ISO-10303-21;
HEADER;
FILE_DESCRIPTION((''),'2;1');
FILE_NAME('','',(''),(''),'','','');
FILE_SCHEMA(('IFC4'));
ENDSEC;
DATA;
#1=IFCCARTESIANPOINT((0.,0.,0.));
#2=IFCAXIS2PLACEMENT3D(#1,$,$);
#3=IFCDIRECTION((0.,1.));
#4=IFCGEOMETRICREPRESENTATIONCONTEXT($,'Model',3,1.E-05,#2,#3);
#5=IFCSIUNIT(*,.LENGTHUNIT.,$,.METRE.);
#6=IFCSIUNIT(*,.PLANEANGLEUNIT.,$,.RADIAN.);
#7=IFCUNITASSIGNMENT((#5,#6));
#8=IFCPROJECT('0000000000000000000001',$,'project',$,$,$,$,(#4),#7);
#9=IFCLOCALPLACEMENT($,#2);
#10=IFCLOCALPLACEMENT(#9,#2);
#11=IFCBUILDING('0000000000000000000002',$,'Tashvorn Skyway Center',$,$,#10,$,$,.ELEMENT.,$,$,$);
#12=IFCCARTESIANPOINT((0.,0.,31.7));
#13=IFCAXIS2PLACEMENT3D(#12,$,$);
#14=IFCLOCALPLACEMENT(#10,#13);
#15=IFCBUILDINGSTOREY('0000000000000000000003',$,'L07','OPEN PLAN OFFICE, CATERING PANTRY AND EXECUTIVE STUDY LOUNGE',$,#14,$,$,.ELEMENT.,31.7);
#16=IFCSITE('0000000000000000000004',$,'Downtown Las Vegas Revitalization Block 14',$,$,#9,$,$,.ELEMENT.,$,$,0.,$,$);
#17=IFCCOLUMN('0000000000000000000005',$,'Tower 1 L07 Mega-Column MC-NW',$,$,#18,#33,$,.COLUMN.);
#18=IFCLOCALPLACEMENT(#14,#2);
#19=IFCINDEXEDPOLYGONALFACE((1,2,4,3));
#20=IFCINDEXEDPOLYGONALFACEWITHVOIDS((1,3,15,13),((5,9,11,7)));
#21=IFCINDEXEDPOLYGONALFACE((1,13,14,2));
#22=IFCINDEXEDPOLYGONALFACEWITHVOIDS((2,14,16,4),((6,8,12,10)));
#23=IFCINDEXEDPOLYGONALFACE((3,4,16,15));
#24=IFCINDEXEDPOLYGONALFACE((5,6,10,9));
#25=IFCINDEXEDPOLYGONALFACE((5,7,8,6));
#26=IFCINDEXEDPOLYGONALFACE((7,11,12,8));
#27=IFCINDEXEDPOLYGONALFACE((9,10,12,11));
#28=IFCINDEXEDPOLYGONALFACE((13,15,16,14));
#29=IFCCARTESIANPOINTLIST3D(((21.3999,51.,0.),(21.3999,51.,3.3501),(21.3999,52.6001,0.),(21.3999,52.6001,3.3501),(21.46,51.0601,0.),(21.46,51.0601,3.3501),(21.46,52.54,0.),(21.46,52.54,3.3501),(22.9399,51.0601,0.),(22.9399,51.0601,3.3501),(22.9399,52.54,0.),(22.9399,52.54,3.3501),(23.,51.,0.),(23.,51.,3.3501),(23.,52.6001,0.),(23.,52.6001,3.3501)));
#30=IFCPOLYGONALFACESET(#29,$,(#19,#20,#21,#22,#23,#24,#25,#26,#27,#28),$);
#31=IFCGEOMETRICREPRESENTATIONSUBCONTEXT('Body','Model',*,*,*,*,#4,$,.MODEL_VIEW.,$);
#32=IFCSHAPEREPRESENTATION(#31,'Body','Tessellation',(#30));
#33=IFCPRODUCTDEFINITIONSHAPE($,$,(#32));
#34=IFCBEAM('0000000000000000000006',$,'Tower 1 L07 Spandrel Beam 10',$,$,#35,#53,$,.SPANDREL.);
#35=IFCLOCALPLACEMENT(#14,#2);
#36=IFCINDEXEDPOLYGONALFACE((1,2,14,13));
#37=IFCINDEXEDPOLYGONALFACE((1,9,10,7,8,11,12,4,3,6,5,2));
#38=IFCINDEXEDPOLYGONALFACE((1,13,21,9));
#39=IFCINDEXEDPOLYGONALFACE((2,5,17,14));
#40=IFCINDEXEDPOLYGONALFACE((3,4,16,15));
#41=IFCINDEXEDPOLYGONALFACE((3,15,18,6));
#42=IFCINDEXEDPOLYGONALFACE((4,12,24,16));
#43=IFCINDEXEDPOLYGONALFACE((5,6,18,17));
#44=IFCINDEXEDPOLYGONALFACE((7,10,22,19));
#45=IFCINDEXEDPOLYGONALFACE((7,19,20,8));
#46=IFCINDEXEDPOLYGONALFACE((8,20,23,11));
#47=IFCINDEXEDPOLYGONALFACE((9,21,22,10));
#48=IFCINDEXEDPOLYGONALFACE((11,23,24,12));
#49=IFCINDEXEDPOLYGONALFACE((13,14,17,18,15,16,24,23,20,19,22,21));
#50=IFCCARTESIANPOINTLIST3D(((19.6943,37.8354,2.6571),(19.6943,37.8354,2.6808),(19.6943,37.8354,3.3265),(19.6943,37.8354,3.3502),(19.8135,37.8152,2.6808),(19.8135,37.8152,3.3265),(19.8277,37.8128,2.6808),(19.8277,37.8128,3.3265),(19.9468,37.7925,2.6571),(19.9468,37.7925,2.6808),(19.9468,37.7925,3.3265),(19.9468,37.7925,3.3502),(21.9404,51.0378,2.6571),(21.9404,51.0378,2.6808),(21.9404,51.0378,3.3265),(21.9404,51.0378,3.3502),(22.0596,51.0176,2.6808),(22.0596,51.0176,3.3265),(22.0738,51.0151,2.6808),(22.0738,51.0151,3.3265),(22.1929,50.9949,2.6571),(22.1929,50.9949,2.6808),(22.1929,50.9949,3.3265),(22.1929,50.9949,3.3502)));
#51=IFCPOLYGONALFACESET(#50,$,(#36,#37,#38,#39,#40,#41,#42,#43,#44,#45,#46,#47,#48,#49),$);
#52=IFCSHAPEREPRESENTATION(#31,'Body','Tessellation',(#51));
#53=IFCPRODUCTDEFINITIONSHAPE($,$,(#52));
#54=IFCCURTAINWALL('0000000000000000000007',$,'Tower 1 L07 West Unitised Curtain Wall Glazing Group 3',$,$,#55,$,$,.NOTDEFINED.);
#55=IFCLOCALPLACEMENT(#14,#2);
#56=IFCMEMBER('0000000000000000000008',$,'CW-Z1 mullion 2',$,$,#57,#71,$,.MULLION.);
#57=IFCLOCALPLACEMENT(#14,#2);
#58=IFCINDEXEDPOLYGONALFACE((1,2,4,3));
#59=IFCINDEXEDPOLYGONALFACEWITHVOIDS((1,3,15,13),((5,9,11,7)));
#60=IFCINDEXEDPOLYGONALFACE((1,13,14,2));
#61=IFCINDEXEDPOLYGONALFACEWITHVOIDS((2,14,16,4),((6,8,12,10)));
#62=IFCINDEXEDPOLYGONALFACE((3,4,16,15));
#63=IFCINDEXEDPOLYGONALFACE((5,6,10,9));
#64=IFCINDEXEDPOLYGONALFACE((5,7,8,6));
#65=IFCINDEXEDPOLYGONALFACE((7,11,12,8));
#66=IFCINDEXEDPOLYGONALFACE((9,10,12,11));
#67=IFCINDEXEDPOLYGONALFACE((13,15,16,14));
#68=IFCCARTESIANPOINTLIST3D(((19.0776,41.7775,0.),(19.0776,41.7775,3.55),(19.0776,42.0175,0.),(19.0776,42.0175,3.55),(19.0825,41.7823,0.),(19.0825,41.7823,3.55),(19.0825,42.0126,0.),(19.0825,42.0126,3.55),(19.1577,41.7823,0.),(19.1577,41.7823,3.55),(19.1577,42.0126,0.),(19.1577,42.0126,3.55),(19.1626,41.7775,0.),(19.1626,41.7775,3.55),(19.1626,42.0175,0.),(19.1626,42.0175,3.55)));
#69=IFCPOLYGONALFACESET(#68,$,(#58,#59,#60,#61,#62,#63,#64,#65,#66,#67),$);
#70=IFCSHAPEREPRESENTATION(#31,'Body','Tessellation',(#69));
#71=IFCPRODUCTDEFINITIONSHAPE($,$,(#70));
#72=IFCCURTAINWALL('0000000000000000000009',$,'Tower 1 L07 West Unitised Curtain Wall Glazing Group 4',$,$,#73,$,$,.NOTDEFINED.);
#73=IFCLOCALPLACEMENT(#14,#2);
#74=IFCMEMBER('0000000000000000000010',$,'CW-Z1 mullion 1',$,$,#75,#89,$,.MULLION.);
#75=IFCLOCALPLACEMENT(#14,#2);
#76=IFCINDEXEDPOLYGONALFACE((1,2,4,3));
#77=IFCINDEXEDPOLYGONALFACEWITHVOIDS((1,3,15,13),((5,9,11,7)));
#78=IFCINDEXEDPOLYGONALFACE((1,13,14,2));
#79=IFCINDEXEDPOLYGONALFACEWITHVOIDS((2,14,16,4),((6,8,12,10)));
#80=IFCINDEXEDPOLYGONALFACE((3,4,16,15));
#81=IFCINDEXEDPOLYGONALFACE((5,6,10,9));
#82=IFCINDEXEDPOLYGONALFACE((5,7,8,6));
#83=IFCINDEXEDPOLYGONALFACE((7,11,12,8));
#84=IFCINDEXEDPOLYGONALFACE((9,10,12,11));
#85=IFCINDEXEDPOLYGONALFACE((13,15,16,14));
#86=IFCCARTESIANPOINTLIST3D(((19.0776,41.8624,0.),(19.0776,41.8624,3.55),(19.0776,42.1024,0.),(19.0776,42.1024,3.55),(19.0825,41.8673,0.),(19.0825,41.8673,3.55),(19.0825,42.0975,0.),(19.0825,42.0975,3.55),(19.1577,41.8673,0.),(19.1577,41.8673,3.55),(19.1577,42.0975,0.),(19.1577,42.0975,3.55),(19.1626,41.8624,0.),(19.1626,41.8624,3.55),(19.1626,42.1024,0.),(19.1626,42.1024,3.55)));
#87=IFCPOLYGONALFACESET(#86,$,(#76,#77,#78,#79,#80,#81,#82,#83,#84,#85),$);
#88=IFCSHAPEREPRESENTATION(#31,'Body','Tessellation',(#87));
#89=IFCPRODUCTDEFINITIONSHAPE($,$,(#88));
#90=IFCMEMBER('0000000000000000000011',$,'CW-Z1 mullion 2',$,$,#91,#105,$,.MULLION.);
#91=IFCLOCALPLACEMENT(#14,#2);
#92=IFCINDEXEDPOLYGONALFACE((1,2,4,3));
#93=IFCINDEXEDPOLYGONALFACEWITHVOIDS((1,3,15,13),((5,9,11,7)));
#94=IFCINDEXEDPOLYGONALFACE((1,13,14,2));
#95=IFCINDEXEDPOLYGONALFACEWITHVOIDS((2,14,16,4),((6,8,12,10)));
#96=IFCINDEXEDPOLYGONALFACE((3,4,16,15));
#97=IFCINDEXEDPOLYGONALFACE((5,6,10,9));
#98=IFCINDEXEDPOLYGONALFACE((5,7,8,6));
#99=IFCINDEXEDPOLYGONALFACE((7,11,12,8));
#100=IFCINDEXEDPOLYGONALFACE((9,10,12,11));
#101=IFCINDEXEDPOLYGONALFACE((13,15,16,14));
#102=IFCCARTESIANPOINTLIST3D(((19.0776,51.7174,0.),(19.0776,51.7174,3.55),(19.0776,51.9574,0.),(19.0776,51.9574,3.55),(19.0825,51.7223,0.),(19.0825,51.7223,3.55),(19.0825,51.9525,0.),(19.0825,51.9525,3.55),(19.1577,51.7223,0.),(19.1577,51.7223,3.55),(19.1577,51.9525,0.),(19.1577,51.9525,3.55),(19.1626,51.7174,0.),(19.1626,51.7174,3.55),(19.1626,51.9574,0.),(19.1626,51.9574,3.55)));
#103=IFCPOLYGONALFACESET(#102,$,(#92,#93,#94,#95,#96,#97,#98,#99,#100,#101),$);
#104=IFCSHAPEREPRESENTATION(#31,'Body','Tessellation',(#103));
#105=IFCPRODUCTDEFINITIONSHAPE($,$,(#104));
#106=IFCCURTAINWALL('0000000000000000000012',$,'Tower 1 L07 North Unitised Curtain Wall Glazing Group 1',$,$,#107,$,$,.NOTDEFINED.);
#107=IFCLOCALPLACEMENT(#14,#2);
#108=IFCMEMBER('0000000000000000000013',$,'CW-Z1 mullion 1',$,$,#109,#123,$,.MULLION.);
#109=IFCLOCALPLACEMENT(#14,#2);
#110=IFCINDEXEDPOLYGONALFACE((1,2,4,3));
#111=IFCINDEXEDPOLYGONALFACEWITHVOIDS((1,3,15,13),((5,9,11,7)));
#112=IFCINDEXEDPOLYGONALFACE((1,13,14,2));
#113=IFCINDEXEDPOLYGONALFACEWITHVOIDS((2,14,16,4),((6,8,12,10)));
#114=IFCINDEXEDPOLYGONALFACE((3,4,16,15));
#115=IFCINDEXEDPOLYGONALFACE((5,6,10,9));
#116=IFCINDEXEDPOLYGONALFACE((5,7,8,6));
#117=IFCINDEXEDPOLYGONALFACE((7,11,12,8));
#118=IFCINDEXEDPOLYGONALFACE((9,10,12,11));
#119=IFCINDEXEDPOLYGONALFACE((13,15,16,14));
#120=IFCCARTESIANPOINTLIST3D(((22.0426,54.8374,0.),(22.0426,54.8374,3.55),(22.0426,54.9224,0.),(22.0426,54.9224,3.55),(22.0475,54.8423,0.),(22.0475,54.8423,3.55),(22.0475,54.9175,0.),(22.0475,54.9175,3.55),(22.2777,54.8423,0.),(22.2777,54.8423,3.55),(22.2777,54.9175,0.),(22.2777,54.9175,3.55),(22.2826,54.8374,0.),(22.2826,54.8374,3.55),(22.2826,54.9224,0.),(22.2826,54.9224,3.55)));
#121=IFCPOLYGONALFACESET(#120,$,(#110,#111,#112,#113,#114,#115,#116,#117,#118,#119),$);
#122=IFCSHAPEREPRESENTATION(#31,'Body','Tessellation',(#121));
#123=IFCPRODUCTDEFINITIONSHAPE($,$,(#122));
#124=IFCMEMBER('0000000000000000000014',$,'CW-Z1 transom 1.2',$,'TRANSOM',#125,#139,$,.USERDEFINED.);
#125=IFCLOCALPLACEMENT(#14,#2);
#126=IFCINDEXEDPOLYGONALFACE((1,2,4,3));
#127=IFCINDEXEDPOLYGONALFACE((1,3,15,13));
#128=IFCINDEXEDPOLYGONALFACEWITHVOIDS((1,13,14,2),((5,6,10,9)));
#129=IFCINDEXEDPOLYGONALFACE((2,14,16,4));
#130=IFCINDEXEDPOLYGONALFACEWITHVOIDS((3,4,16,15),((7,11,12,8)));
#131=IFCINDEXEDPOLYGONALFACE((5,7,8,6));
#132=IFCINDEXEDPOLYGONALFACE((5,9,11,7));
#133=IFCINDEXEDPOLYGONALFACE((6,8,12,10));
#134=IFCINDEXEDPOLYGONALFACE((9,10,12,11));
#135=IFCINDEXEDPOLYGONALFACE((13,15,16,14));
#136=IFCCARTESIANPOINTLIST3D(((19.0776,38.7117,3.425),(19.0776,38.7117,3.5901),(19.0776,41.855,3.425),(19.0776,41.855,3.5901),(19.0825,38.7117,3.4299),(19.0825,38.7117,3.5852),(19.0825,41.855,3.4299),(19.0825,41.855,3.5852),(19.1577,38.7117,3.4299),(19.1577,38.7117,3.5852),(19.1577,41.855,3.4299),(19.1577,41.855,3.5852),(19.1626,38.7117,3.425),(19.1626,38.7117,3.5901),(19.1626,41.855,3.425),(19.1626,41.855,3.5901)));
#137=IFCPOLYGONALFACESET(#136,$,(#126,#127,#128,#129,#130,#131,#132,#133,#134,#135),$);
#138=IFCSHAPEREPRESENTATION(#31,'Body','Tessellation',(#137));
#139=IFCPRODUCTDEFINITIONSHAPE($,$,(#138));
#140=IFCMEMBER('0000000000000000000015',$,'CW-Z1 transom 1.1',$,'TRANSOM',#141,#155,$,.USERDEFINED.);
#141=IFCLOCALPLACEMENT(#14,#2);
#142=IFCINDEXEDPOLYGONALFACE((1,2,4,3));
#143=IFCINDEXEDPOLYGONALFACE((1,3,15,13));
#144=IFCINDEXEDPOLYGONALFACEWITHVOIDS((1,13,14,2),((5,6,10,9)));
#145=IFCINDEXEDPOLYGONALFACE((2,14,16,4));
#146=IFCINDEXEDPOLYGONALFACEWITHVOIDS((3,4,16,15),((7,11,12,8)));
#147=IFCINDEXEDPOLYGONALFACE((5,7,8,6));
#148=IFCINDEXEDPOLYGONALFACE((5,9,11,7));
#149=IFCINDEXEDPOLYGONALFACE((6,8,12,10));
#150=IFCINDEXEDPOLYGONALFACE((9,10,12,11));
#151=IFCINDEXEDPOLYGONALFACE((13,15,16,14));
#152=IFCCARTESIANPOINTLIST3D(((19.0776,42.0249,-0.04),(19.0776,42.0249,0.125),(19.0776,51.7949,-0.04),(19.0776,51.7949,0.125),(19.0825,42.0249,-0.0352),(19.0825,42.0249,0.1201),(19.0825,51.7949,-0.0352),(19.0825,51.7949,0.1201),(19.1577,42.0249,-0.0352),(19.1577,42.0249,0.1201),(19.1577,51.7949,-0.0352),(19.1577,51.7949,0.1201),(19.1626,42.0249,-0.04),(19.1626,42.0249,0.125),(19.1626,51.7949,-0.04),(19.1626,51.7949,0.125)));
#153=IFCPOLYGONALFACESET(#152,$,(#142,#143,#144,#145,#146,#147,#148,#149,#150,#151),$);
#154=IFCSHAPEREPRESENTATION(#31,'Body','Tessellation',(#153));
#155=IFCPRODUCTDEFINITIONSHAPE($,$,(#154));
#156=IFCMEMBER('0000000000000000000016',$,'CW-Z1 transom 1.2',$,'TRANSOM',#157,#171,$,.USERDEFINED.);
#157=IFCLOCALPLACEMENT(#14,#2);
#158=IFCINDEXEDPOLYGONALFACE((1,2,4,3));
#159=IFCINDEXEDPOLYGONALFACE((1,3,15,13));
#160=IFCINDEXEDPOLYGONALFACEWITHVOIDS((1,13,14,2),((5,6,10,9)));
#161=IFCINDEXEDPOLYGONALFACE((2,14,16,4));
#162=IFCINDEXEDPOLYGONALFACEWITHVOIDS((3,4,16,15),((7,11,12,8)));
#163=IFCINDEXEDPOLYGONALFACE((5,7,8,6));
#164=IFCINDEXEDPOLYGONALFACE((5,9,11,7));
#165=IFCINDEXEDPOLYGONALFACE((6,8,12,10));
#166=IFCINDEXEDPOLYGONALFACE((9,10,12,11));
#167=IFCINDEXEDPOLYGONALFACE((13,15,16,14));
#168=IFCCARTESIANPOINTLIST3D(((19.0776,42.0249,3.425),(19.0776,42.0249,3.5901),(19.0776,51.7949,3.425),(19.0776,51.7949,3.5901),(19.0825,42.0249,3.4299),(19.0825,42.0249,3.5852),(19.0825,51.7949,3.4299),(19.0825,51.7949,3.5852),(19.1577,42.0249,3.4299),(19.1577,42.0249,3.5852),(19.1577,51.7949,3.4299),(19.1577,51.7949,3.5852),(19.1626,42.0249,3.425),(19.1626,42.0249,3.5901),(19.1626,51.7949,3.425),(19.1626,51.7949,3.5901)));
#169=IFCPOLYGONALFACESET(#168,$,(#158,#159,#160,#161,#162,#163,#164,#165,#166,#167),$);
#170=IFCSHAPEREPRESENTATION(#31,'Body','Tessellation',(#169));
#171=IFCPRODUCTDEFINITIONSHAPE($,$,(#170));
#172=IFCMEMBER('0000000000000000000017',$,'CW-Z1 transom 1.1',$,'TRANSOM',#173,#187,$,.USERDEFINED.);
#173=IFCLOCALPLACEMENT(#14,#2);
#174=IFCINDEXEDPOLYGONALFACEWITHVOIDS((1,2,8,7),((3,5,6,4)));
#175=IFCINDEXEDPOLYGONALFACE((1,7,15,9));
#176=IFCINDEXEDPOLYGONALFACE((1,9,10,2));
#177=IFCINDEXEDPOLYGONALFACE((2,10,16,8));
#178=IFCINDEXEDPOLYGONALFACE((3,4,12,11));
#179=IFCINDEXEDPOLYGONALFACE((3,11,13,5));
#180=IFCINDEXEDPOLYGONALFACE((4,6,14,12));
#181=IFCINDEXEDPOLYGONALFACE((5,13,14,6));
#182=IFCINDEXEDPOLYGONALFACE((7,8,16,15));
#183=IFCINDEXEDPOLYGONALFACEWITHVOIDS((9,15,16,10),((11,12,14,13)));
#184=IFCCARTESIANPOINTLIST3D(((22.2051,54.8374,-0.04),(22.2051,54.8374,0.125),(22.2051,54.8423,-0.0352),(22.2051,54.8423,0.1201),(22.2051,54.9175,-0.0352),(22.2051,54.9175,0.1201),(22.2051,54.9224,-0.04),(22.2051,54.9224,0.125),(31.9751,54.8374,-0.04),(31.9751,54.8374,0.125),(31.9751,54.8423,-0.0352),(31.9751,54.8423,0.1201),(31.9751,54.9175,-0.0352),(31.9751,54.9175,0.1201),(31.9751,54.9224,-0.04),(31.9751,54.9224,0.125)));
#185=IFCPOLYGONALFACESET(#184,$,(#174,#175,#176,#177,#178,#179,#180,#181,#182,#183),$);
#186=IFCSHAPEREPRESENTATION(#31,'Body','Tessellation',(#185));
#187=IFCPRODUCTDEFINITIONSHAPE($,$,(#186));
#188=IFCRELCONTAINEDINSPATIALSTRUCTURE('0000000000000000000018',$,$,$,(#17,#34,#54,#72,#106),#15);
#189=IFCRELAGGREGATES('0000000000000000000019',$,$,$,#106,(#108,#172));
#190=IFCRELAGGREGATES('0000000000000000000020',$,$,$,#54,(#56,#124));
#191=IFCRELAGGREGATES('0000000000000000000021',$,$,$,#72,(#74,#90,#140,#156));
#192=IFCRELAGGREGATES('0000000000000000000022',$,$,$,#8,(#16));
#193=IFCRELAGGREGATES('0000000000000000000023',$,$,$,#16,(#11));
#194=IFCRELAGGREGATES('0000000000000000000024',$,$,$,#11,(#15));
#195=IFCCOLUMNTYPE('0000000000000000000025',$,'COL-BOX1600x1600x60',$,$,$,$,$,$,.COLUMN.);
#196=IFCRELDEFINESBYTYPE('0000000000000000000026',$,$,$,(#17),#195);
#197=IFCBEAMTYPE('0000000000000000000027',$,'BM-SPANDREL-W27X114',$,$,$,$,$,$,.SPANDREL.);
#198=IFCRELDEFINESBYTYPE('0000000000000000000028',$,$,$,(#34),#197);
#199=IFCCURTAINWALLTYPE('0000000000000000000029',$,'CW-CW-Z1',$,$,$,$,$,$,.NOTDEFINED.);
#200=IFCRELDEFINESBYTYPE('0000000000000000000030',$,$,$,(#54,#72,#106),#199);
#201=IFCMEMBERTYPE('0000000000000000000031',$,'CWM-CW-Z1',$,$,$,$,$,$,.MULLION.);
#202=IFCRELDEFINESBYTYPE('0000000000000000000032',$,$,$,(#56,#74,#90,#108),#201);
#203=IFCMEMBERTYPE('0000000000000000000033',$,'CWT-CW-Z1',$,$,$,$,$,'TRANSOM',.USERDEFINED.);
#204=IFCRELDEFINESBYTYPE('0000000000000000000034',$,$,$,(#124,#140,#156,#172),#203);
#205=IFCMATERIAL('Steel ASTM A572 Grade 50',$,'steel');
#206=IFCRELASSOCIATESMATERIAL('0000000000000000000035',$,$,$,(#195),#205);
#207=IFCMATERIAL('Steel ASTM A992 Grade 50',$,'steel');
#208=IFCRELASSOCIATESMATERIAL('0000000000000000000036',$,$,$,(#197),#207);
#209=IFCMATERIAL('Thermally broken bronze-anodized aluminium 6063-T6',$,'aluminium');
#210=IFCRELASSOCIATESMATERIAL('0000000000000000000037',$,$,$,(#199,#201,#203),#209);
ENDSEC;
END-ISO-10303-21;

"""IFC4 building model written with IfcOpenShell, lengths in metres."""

from ifc_helpers import new_model, si_unit, direction, frame, origin, origin_2d, place, context, subcontext, project, spatial, hollow_rectangle, i_section, extrude, material, material_profile, profile_set, type_object, element, aggregate, save


model = new_model("IFC4")

# Units and contexts
model_context = context("Model", 3, precision=1e-05, world=origin(), true_north=direction((0.0, 1.0)))
body_context = subcontext(model_context, "Body", "Model", "MODEL_VIEW")
ifc_project = project(units=[si_unit("LENGTHUNIT", "METRE"), si_unit("PLANEANGLEUNIT", "RADIAN")], contexts=[model_context])

# Site, building, storey
site_placement = place(None, origin())
site = spatial("IfcSite", under=ifc_project, at=site_placement, Name="Downtown Las Vegas Revitalization Block 14", CompositionType="ELEMENT", RefElevation=0.0)
building_placement = place(site_placement, origin())
building = spatial("IfcBuilding", under=site, at=building_placement, Name="Tashvorn Skyway Center", CompositionType="ELEMENT")
storey_placement = place(building_placement, frame((0.0, 0.0, 31.7)))
storey = spatial("IfcBuildingStorey", under=building, at=storey_placement, Name="L07", Description="OPEN PLAN OFFICE, CATERING PANTRY AND EXECUTIVE STUDY LOUNGE", CompositionType="ELEMENT", Elevation=31.7)

# Column
ifc_material_1 = material(Name="Steel ASTM A572 Grade 50", Category="steel")
ifc_material_profile_1 = material_profile(ifc_material_1, hollow_rectangle(XDim=1.6001, YDim=1.6001, WallThickness=0.0601, at=origin_2d()), Name="BOX1600x1600x60")
ifc_profile_set_1 = profile_set([ifc_material_profile_1], Name="Steel ASTM A572 Grade 50")
column_type = type_object("IfcColumnType", Name="COL-BOX1600x1600x60", PredefinedType="COLUMN", material=ifc_profile_set_1)
column_placement = place(storey_placement, frame((22.2, 51.8, 0.0), z_axis=(0.0, 0.0, 1.0), x_axis=(1.0, 0.0, 0.0)))
element("IfcColumn", 1, at=column_placement, inside=storey, type_object=column_type, Name="Tower 1 L07 Mega-Column MC-NW", PredefinedType="COLUMN", context=body_context, shape_type="SweptSolid", body=[
    extrude(hollow_rectangle(XDim=1.6001, YDim=1.6001, WallThickness=0.0601, at=origin_2d()), origin(), (0.0, 0.0, 1.0), 3.3501),
])

# Beam
ifc_material_2 = material(Name="Steel ASTM A992 Grade 50", Category="steel")
ifc_material_profile_2 = material_profile(ifc_material_2, i_section(OverallWidth=0.2561, OverallDepth=0.6931, WebThickness=0.0144, FlangeThickness=0.0237, at=origin_2d()), Name="W27X114")
ifc_profile_set_2 = profile_set([ifc_material_profile_2], Name="Steel ASTM A992 Grade 50")
beam_type = type_object("IfcBeamType", Name="BM-SPANDREL-W27X114", PredefinedType="SPANDREL", material=ifc_profile_set_2)
beam_placement = place(storey_placement, frame((22.0667, 51.0164, 3.0037), z_axis=(-0.167718, -0.985835, 0.0), x_axis=(0.985835, -0.167718, 0.0)))
element("IfcBeam", 2, at=beam_placement, inside=storey, type_object=beam_type, Name="Tower 1 L07 Spandrel Beam 10", PredefinedType="SPANDREL", context=body_context, shape_type="SweptSolid", body=[
    extrude(i_section(OverallWidth=0.2561, OverallDepth=0.6931, WebThickness=0.0144, FlangeThickness=0.0237, at=origin_2d()), origin(), (0.0, 0.0, 1.0), 13.3921),
])

# Curtain wall, member
ifc_material_3 = material(Name="Thermally broken bronze-anodized aluminium 6063-T6", Category="aluminium")
curtain_wall_type = type_object("IfcCurtainWallType", Name="CW-CW-Z1", PredefinedType="NOTDEFINED", material=ifc_material_3)
curtain_wall_1_placement = place(storey_placement, origin())
curtain_wall_1 = element("IfcCurtainWall", 3, at=curtain_wall_1_placement, inside=storey, type_object=curtain_wall_type, Name="Tower 1 L07 West Unitised Curtain Wall Glazing Group 3", PredefinedType="NOTDEFINED")
ifc_material_profile_3 = material_profile(ifc_material_3, hollow_rectangle(XDim=0.085, YDim=0.24, WallThickness=0.0049, at=origin_2d()), Name="ALU-MULL-85x240")
ifc_profile_set_3 = profile_set([ifc_material_profile_3], Name="Thermally broken bronze-anodized aluminium 6063-T6")
member_type_1 = type_object("IfcMemberType", Name="CWM-CW-Z1", PredefinedType="MULLION", material=ifc_profile_set_3)
member_1_placement = place(storey_placement, frame((19.1201, 41.8975, 0.0), z_axis=(0.0, 0.0, 1.0), x_axis=(-1.0, 0.0, 0.0)))
member_1 = element("IfcMember", 4, at=member_1_placement, type_object=member_type_1, Name="CW-Z1 mullion 2", PredefinedType="MULLION", context=body_context, shape_type="SweptSolid", body=[
    extrude(hollow_rectangle(XDim=0.085, YDim=0.24, WallThickness=0.0049, at=origin_2d()), origin(), (0.0, 0.0, 1.0), 3.55),
])

# Curtain wall, members
curtain_wall_2_placement = place(storey_placement, origin())
curtain_wall_2 = element("IfcCurtainWall", 5, at=curtain_wall_2_placement, inside=storey, type_object=curtain_wall_type, Name="Tower 1 L07 West Unitised Curtain Wall Glazing Group 4", PredefinedType="NOTDEFINED")
member_2_placement = place(storey_placement, frame((19.1201, 41.9824, 0.0), z_axis=(0.0, 0.0, 1.0), x_axis=(-1.0, 0.0, 0.0)))
member_2 = element("IfcMember", 6, at=member_2_placement, type_object=member_type_1, Name="CW-Z1 mullion 1", PredefinedType="MULLION", context=body_context, shape_type="SweptSolid", body=[
    extrude(hollow_rectangle(XDim=0.085, YDim=0.24, WallThickness=0.0049, at=origin_2d()), origin(), (0.0, 0.0, 1.0), 3.55),
])
member_3_placement = place(storey_placement, frame((19.1201, 51.8374, 0.0), z_axis=(0.0, 0.0, 1.0), x_axis=(-1.0, 0.0, 0.0)))
member_3 = element("IfcMember", 7, at=member_3_placement, type_object=member_type_1, Name="CW-Z1 mullion 2", PredefinedType="MULLION", context=body_context, shape_type="SweptSolid", body=[
    extrude(hollow_rectangle(XDim=0.085, YDim=0.24, WallThickness=0.0049, at=origin_2d()), origin(), (0.0, 0.0, 1.0), 3.55),
])

# Curtain wall, member
curtain_wall_3_placement = place(storey_placement, origin())
curtain_wall_3 = element("IfcCurtainWall", 8, at=curtain_wall_3_placement, inside=storey, type_object=curtain_wall_type, Name="Tower 1 L07 North Unitised Curtain Wall Glazing Group 1", PredefinedType="NOTDEFINED")
member_4_placement = place(storey_placement, frame((22.1626, 54.8799, 0.0), z_axis=(0.0, 0.0, 1.0), x_axis=(0.0, 1.0, 0.0)))
member_4 = element("IfcMember", 9, at=member_4_placement, type_object=member_type_1, Name="CW-Z1 mullion 1", PredefinedType="MULLION", context=body_context, shape_type="SweptSolid", body=[
    extrude(hollow_rectangle(XDim=0.085, YDim=0.24, WallThickness=0.0049, at=origin_2d()), origin(), (0.0, 0.0, 1.0), 3.55),
])

# Members
ifc_material_profile_4 = material_profile(ifc_material_3, hollow_rectangle(XDim=0.085, YDim=0.165, WallThickness=0.0049, at=origin_2d()), Name="ALU-TRAN-85x165")
ifc_profile_set_4 = profile_set([ifc_material_profile_4], Name="Thermally broken bronze-anodized aluminium 6063-T6")
member_type_2 = type_object("IfcMemberType", Name="CWT-CW-Z1", ElementType="TRANSOM", PredefinedType="USERDEFINED", material=ifc_profile_set_4)
member_5_placement = place(storey_placement, frame((19.1201, 38.7117, 3.5076), z_axis=(0.0, 1.0, 0.0), x_axis=(-1.0, 0.0, 0.0)))
member_5 = element("IfcMember", 10, at=member_5_placement, type_object=member_type_2, Name="CW-Z1 transom 1.2", ObjectType="TRANSOM", PredefinedType="USERDEFINED", context=body_context, shape_type="SweptSolid", body=[
    extrude(hollow_rectangle(XDim=0.085, YDim=0.165, WallThickness=0.0049, at=origin_2d()), origin(), (0.0, 0.0, 1.0), 3.1433),
])
member_6_placement = place(storey_placement, frame((19.1201, 42.0249, 0.0425), z_axis=(0.0, 1.0, 0.0), x_axis=(-1.0, 0.0, 0.0)))
member_6 = element("IfcMember", 11, at=member_6_placement, type_object=member_type_2, Name="CW-Z1 transom 1.1", ObjectType="TRANSOM", PredefinedType="USERDEFINED", context=body_context, shape_type="SweptSolid", body=[
    extrude(hollow_rectangle(XDim=0.085, YDim=0.165, WallThickness=0.0049, at=origin_2d()), origin(), (0.0, 0.0, 1.0), 9.77),
])
member_7_placement = place(storey_placement, frame((19.1201, 42.0249, 3.5076), z_axis=(0.0, 1.0, 0.0), x_axis=(-1.0, 0.0, 0.0)))
member_7 = element("IfcMember", 12, at=member_7_placement, type_object=member_type_2, Name="CW-Z1 transom 1.2", ObjectType="TRANSOM", PredefinedType="USERDEFINED", context=body_context, shape_type="SweptSolid", body=[
    extrude(hollow_rectangle(XDim=0.085, YDim=0.165, WallThickness=0.0049, at=origin_2d()), origin(), (0.0, 0.0, 1.0), 9.77),
])
member_8_placement = place(storey_placement, frame((22.2051, 54.8799, 0.0425), z_axis=(1.0, 0.0, 0.0), x_axis=(0.0, 1.0, 0.0)))
member_8 = element("IfcMember", 13, at=member_8_placement, type_object=member_type_2, Name="CW-Z1 transom 1.1", ObjectType="TRANSOM", PredefinedType="USERDEFINED", context=body_context, shape_type="SweptSolid", body=[
    extrude(hollow_rectangle(XDim=0.085, YDim=0.165, WallThickness=0.0049, at=origin_2d()), origin(), (0.0, 0.0, 1.0), 9.77),
])
aggregate(curtain_wall_3, [member_4, member_8])

aggregate(curtain_wall_1, [member_1, member_5])
aggregate(curtain_wall_2, [member_2, member_3, member_6, member_7])

save(model, "model.ifc")
